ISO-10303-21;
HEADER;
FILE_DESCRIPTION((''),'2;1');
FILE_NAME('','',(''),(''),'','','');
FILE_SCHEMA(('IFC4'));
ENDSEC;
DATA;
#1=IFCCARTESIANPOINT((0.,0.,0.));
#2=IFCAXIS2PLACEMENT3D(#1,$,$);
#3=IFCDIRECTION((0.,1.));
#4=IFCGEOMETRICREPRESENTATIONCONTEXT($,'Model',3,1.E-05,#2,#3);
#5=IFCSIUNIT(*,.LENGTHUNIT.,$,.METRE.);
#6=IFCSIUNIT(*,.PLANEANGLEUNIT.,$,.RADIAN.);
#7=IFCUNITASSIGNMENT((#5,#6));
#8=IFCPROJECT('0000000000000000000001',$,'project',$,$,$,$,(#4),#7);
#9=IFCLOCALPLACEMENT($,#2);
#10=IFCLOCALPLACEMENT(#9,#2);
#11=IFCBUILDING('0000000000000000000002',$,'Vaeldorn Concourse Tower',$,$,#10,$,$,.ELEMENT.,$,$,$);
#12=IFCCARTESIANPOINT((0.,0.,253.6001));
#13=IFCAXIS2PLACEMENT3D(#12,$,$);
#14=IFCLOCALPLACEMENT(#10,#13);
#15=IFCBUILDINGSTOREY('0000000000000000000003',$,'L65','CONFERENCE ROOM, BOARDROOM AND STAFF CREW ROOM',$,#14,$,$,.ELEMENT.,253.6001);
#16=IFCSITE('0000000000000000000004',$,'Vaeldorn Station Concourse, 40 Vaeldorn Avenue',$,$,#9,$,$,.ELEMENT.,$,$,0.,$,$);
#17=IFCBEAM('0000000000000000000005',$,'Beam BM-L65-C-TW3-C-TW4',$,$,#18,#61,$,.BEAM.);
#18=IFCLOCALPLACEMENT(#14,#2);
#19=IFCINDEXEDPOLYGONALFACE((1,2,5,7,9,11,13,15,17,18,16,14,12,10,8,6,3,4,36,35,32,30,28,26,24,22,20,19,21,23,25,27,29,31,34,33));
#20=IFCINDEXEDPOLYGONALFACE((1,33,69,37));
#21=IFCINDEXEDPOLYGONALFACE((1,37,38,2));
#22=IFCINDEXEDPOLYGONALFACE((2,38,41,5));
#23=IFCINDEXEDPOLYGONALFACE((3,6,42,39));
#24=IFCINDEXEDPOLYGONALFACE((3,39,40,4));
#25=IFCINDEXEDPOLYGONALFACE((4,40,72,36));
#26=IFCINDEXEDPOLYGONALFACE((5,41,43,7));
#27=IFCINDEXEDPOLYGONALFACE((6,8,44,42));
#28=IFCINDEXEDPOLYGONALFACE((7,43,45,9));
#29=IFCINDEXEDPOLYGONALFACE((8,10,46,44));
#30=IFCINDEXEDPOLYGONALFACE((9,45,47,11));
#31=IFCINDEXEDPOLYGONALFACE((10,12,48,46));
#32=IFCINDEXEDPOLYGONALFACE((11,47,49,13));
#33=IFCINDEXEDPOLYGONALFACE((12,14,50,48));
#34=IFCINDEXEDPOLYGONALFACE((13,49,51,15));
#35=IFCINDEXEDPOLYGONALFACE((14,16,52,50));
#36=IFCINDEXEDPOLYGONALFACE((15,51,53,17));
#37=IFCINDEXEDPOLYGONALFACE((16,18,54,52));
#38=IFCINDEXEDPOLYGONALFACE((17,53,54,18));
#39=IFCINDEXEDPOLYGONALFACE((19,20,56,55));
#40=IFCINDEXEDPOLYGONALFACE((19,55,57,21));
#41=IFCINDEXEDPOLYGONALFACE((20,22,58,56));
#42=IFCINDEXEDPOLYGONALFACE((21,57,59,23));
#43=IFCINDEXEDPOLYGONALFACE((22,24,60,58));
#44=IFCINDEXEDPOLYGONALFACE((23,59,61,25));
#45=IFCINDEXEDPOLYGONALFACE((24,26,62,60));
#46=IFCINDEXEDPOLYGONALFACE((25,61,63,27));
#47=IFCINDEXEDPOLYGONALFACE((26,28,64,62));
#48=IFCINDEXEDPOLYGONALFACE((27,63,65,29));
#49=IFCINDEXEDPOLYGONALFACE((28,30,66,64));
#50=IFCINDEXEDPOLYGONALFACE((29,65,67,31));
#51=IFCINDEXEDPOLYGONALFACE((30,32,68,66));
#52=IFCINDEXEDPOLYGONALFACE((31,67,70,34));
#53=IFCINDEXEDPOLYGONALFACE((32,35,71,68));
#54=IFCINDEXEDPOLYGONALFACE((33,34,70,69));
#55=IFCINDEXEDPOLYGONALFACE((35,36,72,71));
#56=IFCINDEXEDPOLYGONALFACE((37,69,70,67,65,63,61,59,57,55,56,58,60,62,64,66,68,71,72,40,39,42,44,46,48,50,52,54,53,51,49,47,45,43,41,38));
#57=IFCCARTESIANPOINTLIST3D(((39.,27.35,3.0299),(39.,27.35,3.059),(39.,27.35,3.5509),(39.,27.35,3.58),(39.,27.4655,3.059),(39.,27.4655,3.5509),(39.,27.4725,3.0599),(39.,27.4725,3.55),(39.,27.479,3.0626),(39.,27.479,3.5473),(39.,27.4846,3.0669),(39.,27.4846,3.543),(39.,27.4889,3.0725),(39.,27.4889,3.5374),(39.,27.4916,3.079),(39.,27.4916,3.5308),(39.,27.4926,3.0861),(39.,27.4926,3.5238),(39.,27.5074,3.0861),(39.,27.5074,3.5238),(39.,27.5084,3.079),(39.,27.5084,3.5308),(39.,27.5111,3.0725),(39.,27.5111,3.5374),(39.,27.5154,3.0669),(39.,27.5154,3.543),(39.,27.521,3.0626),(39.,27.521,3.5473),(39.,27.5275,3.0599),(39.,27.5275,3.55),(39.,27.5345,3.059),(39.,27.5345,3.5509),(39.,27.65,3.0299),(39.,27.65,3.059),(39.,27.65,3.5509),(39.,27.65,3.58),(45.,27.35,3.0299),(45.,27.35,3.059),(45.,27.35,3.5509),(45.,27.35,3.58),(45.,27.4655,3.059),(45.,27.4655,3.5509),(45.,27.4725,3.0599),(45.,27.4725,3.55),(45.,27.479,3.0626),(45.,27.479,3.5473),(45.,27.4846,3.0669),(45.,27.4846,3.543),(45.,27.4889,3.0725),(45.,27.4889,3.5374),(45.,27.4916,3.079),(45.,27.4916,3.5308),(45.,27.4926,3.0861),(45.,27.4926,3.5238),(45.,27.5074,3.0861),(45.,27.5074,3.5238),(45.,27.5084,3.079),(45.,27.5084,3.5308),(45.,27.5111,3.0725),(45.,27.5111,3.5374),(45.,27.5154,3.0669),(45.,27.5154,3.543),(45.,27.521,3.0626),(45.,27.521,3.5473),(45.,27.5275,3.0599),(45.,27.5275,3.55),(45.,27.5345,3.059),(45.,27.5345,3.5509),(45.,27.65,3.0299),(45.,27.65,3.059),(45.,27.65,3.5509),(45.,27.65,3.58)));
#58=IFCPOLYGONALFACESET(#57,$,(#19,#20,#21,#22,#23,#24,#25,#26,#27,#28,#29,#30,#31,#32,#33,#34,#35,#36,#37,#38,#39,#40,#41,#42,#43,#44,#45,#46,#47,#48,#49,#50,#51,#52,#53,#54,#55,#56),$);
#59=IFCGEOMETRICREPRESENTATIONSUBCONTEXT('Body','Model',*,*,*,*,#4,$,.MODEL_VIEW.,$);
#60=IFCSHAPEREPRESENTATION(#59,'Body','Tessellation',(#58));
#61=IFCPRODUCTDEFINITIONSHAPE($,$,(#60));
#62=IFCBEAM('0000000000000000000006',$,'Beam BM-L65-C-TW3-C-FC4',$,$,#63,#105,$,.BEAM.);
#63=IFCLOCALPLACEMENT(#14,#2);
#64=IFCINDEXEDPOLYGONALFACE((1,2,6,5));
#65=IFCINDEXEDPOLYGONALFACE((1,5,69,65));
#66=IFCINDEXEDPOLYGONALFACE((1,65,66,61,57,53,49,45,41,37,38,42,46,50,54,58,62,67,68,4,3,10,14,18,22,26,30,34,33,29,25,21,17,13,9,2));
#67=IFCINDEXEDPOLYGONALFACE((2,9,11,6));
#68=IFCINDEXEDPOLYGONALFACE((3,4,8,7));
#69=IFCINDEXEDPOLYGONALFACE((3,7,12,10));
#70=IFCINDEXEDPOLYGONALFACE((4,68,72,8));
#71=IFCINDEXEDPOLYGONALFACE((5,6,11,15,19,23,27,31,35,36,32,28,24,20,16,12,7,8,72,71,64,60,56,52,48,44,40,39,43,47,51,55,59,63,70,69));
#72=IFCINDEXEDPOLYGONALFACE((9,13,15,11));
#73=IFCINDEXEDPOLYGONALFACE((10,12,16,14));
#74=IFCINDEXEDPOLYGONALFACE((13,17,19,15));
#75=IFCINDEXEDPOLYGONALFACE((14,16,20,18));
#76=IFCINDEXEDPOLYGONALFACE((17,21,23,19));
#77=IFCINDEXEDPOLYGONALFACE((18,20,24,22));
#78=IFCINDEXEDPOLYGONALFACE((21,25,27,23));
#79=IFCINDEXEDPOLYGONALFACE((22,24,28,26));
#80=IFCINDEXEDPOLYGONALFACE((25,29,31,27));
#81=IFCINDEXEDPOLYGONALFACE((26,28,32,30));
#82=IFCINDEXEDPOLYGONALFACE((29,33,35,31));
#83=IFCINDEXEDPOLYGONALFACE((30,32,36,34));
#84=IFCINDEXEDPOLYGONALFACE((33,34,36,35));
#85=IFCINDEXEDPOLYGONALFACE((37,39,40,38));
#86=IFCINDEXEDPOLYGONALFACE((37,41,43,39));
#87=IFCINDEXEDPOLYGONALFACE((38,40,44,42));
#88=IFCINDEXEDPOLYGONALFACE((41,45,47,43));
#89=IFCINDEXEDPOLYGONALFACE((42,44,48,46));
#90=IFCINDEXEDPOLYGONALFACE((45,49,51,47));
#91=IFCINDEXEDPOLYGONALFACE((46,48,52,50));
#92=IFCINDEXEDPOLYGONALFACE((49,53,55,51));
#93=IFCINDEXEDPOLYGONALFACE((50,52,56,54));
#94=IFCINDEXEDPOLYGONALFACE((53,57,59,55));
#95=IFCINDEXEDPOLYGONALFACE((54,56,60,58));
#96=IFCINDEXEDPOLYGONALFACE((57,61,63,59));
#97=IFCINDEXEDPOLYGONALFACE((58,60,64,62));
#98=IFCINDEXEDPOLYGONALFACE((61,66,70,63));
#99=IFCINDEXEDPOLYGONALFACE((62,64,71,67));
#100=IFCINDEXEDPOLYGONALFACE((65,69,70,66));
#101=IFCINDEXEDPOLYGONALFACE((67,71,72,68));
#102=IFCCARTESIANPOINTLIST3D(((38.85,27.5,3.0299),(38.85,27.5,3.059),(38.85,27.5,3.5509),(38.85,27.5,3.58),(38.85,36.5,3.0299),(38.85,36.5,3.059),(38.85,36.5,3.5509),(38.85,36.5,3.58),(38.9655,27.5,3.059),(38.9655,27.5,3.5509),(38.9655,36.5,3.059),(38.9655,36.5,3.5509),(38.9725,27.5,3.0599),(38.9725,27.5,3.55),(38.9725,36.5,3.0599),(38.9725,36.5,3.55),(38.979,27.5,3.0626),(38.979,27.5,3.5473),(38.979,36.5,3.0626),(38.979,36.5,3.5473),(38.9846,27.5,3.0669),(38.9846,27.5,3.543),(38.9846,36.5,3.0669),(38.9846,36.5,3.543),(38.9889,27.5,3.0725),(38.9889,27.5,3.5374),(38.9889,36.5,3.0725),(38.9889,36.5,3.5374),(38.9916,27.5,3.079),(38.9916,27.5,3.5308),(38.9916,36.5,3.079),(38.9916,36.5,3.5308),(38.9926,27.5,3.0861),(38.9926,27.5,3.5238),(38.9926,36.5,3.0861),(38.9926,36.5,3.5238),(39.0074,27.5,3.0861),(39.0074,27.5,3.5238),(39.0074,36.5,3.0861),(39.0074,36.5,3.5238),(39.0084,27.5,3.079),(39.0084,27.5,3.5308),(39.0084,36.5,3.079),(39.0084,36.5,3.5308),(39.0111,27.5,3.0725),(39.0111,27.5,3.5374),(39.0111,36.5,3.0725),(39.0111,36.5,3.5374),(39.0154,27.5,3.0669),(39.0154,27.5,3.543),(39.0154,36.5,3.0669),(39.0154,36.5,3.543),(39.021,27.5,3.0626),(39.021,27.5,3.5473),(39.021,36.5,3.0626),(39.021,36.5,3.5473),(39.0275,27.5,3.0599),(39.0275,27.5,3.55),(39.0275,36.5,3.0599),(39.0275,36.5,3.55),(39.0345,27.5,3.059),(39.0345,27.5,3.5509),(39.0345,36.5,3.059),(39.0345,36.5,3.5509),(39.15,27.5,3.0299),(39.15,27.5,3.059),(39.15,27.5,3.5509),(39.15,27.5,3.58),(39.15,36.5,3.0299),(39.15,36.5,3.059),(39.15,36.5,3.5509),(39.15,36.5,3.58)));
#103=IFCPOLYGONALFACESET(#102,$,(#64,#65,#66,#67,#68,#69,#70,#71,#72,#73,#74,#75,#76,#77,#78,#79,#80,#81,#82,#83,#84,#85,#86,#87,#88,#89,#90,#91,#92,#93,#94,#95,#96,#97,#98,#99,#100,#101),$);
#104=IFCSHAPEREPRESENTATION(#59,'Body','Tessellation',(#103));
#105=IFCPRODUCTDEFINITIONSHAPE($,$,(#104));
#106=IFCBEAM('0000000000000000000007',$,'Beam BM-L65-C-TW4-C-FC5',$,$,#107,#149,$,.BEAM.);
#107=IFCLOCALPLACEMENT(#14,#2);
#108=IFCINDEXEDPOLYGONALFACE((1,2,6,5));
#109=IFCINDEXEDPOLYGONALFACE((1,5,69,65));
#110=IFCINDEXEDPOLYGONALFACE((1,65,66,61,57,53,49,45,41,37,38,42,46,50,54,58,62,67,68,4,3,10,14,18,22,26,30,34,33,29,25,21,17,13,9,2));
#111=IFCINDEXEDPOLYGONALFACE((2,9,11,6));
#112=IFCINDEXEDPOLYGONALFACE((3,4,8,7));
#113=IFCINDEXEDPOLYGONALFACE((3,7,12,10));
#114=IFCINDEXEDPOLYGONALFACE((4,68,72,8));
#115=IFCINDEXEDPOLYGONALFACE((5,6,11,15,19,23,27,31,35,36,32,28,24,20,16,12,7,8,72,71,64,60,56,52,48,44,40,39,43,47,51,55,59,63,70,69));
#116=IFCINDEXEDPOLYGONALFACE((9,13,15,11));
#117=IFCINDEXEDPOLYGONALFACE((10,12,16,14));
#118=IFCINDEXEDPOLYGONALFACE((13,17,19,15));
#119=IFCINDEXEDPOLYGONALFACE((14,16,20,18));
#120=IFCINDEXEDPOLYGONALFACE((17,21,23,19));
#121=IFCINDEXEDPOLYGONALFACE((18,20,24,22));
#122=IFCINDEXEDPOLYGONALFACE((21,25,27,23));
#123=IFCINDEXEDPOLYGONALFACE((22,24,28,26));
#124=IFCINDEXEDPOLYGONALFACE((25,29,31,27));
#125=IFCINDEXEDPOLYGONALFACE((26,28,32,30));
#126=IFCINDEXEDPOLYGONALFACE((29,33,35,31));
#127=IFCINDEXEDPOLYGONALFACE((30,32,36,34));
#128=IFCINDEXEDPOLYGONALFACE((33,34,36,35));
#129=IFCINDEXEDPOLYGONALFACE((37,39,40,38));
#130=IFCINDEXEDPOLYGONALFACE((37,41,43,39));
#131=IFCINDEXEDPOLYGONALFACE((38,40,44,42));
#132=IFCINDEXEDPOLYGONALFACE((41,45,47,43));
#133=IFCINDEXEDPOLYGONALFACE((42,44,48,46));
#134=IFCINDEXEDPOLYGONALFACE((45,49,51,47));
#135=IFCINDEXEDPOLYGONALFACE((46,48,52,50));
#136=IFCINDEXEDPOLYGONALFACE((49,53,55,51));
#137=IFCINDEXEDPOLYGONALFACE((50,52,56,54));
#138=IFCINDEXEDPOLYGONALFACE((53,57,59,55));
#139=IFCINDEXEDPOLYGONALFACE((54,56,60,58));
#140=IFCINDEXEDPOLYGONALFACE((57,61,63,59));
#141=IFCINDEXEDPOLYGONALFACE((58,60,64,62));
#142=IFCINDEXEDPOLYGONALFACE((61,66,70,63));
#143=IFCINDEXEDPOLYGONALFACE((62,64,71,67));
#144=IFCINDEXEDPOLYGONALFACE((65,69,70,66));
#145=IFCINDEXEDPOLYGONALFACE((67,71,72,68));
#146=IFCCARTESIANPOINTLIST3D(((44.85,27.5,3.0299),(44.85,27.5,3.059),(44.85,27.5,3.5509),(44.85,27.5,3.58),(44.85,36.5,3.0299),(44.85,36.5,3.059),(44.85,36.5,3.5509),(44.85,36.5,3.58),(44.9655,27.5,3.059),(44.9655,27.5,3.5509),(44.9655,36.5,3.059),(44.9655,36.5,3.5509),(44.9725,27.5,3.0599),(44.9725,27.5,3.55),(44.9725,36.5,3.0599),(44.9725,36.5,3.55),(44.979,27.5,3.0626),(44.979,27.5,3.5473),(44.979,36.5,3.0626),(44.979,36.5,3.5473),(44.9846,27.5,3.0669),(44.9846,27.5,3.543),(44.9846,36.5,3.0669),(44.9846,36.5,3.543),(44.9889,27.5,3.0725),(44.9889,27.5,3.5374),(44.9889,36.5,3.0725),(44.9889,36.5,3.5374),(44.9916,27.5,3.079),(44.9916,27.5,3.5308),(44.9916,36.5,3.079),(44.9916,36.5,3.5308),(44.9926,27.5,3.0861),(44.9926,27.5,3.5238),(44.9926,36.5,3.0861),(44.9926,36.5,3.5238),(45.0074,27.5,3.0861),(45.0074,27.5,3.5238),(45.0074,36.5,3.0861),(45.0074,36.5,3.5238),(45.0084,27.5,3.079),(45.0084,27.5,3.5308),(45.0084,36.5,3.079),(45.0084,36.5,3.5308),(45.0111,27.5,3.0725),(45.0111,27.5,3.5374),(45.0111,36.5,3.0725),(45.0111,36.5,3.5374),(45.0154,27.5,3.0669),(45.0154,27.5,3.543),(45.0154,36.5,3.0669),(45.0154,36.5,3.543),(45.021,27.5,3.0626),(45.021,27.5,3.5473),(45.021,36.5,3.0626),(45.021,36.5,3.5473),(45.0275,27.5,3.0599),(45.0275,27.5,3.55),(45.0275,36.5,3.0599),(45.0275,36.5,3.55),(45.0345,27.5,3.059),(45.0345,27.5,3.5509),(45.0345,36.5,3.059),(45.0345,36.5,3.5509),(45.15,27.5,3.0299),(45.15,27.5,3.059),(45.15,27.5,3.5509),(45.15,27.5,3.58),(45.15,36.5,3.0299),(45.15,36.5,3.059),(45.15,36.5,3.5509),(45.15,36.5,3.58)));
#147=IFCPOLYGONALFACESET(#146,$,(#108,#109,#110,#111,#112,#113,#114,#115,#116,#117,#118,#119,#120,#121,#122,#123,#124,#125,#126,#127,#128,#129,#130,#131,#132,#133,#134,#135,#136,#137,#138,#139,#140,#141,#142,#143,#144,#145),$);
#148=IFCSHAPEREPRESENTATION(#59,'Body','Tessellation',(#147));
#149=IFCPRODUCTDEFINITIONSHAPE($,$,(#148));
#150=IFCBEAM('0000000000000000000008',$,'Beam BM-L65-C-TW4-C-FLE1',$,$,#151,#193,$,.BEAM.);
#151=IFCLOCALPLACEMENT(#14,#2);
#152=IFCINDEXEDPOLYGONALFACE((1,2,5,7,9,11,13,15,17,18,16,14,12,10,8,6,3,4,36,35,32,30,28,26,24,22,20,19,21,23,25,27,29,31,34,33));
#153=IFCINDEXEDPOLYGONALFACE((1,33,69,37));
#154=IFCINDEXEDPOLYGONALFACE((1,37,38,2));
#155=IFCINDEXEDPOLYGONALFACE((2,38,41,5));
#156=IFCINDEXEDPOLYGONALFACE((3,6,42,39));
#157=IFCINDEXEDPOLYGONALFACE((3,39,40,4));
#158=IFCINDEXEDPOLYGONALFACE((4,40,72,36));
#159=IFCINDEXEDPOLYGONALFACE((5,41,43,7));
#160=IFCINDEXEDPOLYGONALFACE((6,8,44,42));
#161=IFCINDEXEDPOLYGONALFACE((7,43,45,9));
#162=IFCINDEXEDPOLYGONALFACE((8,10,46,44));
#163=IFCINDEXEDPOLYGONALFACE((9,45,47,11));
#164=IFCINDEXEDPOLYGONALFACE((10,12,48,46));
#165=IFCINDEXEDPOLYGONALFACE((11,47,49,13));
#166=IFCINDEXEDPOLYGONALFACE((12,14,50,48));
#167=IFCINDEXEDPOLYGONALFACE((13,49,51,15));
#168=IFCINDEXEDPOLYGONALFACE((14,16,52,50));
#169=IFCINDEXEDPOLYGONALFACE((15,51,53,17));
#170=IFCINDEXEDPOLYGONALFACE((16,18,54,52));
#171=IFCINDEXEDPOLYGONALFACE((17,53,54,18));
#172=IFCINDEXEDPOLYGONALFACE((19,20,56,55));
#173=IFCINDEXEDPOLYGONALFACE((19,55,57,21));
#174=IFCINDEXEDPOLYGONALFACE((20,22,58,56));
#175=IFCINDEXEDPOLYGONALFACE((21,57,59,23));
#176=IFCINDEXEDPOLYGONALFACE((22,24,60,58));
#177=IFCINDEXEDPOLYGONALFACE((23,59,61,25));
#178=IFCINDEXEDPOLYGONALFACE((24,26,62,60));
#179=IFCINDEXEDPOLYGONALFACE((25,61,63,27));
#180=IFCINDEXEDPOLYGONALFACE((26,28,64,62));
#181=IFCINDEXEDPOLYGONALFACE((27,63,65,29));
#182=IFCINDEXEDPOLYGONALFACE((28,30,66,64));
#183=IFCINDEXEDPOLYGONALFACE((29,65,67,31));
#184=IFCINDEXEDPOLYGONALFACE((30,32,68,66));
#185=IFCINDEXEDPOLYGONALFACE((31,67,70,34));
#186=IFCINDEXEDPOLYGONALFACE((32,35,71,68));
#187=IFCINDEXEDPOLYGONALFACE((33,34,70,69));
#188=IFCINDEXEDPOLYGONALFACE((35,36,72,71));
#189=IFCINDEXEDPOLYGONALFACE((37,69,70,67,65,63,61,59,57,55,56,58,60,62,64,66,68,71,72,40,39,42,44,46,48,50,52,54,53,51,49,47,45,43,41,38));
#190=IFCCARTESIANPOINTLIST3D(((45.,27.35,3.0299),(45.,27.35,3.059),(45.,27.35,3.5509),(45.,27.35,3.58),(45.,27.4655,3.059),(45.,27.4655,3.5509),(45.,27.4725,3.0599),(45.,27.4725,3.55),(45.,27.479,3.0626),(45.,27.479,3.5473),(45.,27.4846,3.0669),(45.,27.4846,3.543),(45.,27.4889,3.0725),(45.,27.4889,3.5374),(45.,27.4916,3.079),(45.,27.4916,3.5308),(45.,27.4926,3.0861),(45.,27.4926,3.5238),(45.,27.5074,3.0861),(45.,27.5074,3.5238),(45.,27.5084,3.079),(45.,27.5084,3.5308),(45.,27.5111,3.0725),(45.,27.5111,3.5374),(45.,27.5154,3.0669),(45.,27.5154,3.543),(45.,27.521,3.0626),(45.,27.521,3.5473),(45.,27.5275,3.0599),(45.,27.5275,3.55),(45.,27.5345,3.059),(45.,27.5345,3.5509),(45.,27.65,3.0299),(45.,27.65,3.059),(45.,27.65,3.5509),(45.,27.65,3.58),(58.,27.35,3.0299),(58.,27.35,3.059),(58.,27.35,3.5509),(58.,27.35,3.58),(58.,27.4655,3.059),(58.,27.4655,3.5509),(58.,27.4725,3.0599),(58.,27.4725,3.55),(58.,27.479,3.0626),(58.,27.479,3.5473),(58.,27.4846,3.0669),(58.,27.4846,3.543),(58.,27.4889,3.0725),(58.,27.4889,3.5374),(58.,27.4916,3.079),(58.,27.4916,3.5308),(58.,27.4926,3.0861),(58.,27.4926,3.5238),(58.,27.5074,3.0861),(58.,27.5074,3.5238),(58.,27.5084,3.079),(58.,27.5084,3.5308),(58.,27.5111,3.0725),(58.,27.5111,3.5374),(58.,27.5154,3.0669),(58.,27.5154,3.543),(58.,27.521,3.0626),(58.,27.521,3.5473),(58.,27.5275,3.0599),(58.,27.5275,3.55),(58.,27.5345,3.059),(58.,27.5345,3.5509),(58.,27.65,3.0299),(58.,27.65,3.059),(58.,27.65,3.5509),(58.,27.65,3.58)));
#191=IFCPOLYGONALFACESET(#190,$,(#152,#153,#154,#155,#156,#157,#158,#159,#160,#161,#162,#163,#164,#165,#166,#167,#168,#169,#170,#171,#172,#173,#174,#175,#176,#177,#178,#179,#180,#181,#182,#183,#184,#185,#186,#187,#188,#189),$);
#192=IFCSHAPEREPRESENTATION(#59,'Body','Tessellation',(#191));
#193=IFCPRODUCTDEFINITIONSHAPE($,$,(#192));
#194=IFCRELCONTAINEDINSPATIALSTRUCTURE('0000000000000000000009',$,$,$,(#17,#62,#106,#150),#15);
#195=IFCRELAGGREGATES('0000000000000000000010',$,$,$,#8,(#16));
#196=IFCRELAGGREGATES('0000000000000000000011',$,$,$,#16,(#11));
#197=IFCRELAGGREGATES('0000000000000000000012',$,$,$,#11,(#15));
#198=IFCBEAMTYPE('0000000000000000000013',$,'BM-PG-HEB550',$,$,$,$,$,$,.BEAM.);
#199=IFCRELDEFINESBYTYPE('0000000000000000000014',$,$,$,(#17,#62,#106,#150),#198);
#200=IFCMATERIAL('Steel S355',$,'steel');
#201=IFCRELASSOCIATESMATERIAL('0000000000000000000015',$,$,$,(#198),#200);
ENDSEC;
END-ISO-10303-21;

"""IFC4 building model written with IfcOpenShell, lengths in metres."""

from ifc_helpers import new_model, si_unit, direction, frame, origin, origin_2d, place, context, subcontext, project, spatial, i_section, extrude, source, transform, mapped, material, material_profile, profile_set, type_object, element, save


model = new_model("IFC4")

# Units and contexts
model_context = context("Model", 3, precision=1e-05, world=origin(), true_north=direction((0.0, 1.0)))
body_context = subcontext(model_context, "Body", "Model", "MODEL_VIEW")
ifc_project = project(units=[si_unit("LENGTHUNIT", "METRE"), si_unit("PLANEANGLEUNIT", "RADIAN")], contexts=[model_context])

# Site, building, storey
site_placement = place(None, origin())
site = spatial("IfcSite", under=ifc_project, at=site_placement, Name="Vaeldorn Station Concourse, 40 Vaeldorn Avenue", CompositionType="ELEMENT", RefElevation=0.0)
building_placement = place(site_placement, origin())
building = spatial("IfcBuilding", under=site, at=building_placement, Name="Vaeldorn Concourse Tower", CompositionType="ELEMENT")
storey_placement = place(building_placement, frame((0.0, 0.0, 253.6001)))
storey = spatial("IfcBuildingStorey", under=building, at=storey_placement, Name="L65", Description="CONFERENCE ROOM, BOARDROOM AND STAFF CREW ROOM", CompositionType="ELEMENT", Elevation=253.6001)

# Shared definitions
ifc_material_1 = material(Name="Steel S355", Category="steel")

# Beams
ifc_material_profile_1 = material_profile(ifc_material_1, i_section(OverallWidth=0.3, OverallDepth=0.55, WebThickness=0.0149, FlangeThickness=0.0291, FilletRadius=0.0271, at=origin_2d()), Name="HEB 550")
ifc_profile_set_1 = profile_set([ifc_material_profile_1], Name="Steel S355")
beam_type_1 = type_object("IfcBeamType", Name="BM-PG-HEB550", PredefinedType="BEAM", material=ifc_profile_set_1)
shared_shape_1 = source(origin(), body_context, "Body", "SweptSolid", [
    extrude(i_section(OverallWidth=0.3, OverallDepth=0.55, WebThickness=0.0149, FlangeThickness=0.0291, FilletRadius=0.0271, at=origin_2d()), origin(), (0.0, 0.0, 1.0), 6.0),
])
beam_1_placement = place(storey_placement, frame((39.0, 27.5, 3.3049), z_axis=(1.0, 0.0, 0.0), x_axis=(0.0, 1.0, 0.0)))
element("IfcBeam", 1, at=beam_1_placement, inside=storey, type_object=beam_type_1, Name="Beam BM-L65-C-TW3-C-TW4", PredefinedType="BEAM", context=body_context, shape_type="MappedRepresentation", body=[
    mapped(shared_shape_1, transform((0.0, 0.0, 0.0), scale=1.0)),
])
shared_shape_2 = source(origin(), body_context, "Body", "SweptSolid", [
    extrude(i_section(OverallWidth=0.3, OverallDepth=0.55, WebThickness=0.0149, FlangeThickness=0.0291, FilletRadius=0.0271, at=origin_2d()), origin(), (0.0, 0.0, 1.0), 9.0),
])
for number, where, z_axis, x_axis, name in (
    (2, (39.0, 27.5, 3.3049), (0.0, 1.0, 0.0), (-1.0, 0.0, 0.0), "Beam BM-L65-C-TW3-C-FC4"),
    (3, (45.0, 27.5, 3.3049), (0.0, 1.0, 0.0), (-1.0, 0.0, 0.0), "Beam BM-L65-C-TW4-C-FC5"),
):
    element("IfcBeam", number, at=place(storey_placement, frame(where, z_axis=z_axis, x_axis=x_axis)), inside=storey, type_object=beam_type_1, Name=name, PredefinedType="BEAM", context=body_context, shape_type="MappedRepresentation", body=[
        mapped(shared_shape_2, transform((0.0, 0.0, 0.0), scale=1.0)),
    ])
shared_shape_3 = source(origin(), body_context, "Body", "SweptSolid", [
    extrude(i_section(OverallWidth=0.3, OverallDepth=0.55, WebThickness=0.0149, FlangeThickness=0.0291, FilletRadius=0.0271, at=origin_2d()), origin(), (0.0, 0.0, 1.0), 13.0),
])
beam_2_placement = place(storey_placement, frame((45.0, 27.5, 3.3049), z_axis=(1.0, 0.0, 0.0), x_axis=(0.0, 1.0, 0.0)))
element("IfcBeam", 4, at=beam_2_placement, inside=storey, type_object=beam_type_1, Name="Beam BM-L65-C-TW4-C-FLE1", PredefinedType="BEAM", context=body_context, shape_type="MappedRepresentation", body=[
    mapped(shared_shape_3, transform((0.0, 0.0, 0.0), scale=1.0)),
])

save(model, "model.ifc")
